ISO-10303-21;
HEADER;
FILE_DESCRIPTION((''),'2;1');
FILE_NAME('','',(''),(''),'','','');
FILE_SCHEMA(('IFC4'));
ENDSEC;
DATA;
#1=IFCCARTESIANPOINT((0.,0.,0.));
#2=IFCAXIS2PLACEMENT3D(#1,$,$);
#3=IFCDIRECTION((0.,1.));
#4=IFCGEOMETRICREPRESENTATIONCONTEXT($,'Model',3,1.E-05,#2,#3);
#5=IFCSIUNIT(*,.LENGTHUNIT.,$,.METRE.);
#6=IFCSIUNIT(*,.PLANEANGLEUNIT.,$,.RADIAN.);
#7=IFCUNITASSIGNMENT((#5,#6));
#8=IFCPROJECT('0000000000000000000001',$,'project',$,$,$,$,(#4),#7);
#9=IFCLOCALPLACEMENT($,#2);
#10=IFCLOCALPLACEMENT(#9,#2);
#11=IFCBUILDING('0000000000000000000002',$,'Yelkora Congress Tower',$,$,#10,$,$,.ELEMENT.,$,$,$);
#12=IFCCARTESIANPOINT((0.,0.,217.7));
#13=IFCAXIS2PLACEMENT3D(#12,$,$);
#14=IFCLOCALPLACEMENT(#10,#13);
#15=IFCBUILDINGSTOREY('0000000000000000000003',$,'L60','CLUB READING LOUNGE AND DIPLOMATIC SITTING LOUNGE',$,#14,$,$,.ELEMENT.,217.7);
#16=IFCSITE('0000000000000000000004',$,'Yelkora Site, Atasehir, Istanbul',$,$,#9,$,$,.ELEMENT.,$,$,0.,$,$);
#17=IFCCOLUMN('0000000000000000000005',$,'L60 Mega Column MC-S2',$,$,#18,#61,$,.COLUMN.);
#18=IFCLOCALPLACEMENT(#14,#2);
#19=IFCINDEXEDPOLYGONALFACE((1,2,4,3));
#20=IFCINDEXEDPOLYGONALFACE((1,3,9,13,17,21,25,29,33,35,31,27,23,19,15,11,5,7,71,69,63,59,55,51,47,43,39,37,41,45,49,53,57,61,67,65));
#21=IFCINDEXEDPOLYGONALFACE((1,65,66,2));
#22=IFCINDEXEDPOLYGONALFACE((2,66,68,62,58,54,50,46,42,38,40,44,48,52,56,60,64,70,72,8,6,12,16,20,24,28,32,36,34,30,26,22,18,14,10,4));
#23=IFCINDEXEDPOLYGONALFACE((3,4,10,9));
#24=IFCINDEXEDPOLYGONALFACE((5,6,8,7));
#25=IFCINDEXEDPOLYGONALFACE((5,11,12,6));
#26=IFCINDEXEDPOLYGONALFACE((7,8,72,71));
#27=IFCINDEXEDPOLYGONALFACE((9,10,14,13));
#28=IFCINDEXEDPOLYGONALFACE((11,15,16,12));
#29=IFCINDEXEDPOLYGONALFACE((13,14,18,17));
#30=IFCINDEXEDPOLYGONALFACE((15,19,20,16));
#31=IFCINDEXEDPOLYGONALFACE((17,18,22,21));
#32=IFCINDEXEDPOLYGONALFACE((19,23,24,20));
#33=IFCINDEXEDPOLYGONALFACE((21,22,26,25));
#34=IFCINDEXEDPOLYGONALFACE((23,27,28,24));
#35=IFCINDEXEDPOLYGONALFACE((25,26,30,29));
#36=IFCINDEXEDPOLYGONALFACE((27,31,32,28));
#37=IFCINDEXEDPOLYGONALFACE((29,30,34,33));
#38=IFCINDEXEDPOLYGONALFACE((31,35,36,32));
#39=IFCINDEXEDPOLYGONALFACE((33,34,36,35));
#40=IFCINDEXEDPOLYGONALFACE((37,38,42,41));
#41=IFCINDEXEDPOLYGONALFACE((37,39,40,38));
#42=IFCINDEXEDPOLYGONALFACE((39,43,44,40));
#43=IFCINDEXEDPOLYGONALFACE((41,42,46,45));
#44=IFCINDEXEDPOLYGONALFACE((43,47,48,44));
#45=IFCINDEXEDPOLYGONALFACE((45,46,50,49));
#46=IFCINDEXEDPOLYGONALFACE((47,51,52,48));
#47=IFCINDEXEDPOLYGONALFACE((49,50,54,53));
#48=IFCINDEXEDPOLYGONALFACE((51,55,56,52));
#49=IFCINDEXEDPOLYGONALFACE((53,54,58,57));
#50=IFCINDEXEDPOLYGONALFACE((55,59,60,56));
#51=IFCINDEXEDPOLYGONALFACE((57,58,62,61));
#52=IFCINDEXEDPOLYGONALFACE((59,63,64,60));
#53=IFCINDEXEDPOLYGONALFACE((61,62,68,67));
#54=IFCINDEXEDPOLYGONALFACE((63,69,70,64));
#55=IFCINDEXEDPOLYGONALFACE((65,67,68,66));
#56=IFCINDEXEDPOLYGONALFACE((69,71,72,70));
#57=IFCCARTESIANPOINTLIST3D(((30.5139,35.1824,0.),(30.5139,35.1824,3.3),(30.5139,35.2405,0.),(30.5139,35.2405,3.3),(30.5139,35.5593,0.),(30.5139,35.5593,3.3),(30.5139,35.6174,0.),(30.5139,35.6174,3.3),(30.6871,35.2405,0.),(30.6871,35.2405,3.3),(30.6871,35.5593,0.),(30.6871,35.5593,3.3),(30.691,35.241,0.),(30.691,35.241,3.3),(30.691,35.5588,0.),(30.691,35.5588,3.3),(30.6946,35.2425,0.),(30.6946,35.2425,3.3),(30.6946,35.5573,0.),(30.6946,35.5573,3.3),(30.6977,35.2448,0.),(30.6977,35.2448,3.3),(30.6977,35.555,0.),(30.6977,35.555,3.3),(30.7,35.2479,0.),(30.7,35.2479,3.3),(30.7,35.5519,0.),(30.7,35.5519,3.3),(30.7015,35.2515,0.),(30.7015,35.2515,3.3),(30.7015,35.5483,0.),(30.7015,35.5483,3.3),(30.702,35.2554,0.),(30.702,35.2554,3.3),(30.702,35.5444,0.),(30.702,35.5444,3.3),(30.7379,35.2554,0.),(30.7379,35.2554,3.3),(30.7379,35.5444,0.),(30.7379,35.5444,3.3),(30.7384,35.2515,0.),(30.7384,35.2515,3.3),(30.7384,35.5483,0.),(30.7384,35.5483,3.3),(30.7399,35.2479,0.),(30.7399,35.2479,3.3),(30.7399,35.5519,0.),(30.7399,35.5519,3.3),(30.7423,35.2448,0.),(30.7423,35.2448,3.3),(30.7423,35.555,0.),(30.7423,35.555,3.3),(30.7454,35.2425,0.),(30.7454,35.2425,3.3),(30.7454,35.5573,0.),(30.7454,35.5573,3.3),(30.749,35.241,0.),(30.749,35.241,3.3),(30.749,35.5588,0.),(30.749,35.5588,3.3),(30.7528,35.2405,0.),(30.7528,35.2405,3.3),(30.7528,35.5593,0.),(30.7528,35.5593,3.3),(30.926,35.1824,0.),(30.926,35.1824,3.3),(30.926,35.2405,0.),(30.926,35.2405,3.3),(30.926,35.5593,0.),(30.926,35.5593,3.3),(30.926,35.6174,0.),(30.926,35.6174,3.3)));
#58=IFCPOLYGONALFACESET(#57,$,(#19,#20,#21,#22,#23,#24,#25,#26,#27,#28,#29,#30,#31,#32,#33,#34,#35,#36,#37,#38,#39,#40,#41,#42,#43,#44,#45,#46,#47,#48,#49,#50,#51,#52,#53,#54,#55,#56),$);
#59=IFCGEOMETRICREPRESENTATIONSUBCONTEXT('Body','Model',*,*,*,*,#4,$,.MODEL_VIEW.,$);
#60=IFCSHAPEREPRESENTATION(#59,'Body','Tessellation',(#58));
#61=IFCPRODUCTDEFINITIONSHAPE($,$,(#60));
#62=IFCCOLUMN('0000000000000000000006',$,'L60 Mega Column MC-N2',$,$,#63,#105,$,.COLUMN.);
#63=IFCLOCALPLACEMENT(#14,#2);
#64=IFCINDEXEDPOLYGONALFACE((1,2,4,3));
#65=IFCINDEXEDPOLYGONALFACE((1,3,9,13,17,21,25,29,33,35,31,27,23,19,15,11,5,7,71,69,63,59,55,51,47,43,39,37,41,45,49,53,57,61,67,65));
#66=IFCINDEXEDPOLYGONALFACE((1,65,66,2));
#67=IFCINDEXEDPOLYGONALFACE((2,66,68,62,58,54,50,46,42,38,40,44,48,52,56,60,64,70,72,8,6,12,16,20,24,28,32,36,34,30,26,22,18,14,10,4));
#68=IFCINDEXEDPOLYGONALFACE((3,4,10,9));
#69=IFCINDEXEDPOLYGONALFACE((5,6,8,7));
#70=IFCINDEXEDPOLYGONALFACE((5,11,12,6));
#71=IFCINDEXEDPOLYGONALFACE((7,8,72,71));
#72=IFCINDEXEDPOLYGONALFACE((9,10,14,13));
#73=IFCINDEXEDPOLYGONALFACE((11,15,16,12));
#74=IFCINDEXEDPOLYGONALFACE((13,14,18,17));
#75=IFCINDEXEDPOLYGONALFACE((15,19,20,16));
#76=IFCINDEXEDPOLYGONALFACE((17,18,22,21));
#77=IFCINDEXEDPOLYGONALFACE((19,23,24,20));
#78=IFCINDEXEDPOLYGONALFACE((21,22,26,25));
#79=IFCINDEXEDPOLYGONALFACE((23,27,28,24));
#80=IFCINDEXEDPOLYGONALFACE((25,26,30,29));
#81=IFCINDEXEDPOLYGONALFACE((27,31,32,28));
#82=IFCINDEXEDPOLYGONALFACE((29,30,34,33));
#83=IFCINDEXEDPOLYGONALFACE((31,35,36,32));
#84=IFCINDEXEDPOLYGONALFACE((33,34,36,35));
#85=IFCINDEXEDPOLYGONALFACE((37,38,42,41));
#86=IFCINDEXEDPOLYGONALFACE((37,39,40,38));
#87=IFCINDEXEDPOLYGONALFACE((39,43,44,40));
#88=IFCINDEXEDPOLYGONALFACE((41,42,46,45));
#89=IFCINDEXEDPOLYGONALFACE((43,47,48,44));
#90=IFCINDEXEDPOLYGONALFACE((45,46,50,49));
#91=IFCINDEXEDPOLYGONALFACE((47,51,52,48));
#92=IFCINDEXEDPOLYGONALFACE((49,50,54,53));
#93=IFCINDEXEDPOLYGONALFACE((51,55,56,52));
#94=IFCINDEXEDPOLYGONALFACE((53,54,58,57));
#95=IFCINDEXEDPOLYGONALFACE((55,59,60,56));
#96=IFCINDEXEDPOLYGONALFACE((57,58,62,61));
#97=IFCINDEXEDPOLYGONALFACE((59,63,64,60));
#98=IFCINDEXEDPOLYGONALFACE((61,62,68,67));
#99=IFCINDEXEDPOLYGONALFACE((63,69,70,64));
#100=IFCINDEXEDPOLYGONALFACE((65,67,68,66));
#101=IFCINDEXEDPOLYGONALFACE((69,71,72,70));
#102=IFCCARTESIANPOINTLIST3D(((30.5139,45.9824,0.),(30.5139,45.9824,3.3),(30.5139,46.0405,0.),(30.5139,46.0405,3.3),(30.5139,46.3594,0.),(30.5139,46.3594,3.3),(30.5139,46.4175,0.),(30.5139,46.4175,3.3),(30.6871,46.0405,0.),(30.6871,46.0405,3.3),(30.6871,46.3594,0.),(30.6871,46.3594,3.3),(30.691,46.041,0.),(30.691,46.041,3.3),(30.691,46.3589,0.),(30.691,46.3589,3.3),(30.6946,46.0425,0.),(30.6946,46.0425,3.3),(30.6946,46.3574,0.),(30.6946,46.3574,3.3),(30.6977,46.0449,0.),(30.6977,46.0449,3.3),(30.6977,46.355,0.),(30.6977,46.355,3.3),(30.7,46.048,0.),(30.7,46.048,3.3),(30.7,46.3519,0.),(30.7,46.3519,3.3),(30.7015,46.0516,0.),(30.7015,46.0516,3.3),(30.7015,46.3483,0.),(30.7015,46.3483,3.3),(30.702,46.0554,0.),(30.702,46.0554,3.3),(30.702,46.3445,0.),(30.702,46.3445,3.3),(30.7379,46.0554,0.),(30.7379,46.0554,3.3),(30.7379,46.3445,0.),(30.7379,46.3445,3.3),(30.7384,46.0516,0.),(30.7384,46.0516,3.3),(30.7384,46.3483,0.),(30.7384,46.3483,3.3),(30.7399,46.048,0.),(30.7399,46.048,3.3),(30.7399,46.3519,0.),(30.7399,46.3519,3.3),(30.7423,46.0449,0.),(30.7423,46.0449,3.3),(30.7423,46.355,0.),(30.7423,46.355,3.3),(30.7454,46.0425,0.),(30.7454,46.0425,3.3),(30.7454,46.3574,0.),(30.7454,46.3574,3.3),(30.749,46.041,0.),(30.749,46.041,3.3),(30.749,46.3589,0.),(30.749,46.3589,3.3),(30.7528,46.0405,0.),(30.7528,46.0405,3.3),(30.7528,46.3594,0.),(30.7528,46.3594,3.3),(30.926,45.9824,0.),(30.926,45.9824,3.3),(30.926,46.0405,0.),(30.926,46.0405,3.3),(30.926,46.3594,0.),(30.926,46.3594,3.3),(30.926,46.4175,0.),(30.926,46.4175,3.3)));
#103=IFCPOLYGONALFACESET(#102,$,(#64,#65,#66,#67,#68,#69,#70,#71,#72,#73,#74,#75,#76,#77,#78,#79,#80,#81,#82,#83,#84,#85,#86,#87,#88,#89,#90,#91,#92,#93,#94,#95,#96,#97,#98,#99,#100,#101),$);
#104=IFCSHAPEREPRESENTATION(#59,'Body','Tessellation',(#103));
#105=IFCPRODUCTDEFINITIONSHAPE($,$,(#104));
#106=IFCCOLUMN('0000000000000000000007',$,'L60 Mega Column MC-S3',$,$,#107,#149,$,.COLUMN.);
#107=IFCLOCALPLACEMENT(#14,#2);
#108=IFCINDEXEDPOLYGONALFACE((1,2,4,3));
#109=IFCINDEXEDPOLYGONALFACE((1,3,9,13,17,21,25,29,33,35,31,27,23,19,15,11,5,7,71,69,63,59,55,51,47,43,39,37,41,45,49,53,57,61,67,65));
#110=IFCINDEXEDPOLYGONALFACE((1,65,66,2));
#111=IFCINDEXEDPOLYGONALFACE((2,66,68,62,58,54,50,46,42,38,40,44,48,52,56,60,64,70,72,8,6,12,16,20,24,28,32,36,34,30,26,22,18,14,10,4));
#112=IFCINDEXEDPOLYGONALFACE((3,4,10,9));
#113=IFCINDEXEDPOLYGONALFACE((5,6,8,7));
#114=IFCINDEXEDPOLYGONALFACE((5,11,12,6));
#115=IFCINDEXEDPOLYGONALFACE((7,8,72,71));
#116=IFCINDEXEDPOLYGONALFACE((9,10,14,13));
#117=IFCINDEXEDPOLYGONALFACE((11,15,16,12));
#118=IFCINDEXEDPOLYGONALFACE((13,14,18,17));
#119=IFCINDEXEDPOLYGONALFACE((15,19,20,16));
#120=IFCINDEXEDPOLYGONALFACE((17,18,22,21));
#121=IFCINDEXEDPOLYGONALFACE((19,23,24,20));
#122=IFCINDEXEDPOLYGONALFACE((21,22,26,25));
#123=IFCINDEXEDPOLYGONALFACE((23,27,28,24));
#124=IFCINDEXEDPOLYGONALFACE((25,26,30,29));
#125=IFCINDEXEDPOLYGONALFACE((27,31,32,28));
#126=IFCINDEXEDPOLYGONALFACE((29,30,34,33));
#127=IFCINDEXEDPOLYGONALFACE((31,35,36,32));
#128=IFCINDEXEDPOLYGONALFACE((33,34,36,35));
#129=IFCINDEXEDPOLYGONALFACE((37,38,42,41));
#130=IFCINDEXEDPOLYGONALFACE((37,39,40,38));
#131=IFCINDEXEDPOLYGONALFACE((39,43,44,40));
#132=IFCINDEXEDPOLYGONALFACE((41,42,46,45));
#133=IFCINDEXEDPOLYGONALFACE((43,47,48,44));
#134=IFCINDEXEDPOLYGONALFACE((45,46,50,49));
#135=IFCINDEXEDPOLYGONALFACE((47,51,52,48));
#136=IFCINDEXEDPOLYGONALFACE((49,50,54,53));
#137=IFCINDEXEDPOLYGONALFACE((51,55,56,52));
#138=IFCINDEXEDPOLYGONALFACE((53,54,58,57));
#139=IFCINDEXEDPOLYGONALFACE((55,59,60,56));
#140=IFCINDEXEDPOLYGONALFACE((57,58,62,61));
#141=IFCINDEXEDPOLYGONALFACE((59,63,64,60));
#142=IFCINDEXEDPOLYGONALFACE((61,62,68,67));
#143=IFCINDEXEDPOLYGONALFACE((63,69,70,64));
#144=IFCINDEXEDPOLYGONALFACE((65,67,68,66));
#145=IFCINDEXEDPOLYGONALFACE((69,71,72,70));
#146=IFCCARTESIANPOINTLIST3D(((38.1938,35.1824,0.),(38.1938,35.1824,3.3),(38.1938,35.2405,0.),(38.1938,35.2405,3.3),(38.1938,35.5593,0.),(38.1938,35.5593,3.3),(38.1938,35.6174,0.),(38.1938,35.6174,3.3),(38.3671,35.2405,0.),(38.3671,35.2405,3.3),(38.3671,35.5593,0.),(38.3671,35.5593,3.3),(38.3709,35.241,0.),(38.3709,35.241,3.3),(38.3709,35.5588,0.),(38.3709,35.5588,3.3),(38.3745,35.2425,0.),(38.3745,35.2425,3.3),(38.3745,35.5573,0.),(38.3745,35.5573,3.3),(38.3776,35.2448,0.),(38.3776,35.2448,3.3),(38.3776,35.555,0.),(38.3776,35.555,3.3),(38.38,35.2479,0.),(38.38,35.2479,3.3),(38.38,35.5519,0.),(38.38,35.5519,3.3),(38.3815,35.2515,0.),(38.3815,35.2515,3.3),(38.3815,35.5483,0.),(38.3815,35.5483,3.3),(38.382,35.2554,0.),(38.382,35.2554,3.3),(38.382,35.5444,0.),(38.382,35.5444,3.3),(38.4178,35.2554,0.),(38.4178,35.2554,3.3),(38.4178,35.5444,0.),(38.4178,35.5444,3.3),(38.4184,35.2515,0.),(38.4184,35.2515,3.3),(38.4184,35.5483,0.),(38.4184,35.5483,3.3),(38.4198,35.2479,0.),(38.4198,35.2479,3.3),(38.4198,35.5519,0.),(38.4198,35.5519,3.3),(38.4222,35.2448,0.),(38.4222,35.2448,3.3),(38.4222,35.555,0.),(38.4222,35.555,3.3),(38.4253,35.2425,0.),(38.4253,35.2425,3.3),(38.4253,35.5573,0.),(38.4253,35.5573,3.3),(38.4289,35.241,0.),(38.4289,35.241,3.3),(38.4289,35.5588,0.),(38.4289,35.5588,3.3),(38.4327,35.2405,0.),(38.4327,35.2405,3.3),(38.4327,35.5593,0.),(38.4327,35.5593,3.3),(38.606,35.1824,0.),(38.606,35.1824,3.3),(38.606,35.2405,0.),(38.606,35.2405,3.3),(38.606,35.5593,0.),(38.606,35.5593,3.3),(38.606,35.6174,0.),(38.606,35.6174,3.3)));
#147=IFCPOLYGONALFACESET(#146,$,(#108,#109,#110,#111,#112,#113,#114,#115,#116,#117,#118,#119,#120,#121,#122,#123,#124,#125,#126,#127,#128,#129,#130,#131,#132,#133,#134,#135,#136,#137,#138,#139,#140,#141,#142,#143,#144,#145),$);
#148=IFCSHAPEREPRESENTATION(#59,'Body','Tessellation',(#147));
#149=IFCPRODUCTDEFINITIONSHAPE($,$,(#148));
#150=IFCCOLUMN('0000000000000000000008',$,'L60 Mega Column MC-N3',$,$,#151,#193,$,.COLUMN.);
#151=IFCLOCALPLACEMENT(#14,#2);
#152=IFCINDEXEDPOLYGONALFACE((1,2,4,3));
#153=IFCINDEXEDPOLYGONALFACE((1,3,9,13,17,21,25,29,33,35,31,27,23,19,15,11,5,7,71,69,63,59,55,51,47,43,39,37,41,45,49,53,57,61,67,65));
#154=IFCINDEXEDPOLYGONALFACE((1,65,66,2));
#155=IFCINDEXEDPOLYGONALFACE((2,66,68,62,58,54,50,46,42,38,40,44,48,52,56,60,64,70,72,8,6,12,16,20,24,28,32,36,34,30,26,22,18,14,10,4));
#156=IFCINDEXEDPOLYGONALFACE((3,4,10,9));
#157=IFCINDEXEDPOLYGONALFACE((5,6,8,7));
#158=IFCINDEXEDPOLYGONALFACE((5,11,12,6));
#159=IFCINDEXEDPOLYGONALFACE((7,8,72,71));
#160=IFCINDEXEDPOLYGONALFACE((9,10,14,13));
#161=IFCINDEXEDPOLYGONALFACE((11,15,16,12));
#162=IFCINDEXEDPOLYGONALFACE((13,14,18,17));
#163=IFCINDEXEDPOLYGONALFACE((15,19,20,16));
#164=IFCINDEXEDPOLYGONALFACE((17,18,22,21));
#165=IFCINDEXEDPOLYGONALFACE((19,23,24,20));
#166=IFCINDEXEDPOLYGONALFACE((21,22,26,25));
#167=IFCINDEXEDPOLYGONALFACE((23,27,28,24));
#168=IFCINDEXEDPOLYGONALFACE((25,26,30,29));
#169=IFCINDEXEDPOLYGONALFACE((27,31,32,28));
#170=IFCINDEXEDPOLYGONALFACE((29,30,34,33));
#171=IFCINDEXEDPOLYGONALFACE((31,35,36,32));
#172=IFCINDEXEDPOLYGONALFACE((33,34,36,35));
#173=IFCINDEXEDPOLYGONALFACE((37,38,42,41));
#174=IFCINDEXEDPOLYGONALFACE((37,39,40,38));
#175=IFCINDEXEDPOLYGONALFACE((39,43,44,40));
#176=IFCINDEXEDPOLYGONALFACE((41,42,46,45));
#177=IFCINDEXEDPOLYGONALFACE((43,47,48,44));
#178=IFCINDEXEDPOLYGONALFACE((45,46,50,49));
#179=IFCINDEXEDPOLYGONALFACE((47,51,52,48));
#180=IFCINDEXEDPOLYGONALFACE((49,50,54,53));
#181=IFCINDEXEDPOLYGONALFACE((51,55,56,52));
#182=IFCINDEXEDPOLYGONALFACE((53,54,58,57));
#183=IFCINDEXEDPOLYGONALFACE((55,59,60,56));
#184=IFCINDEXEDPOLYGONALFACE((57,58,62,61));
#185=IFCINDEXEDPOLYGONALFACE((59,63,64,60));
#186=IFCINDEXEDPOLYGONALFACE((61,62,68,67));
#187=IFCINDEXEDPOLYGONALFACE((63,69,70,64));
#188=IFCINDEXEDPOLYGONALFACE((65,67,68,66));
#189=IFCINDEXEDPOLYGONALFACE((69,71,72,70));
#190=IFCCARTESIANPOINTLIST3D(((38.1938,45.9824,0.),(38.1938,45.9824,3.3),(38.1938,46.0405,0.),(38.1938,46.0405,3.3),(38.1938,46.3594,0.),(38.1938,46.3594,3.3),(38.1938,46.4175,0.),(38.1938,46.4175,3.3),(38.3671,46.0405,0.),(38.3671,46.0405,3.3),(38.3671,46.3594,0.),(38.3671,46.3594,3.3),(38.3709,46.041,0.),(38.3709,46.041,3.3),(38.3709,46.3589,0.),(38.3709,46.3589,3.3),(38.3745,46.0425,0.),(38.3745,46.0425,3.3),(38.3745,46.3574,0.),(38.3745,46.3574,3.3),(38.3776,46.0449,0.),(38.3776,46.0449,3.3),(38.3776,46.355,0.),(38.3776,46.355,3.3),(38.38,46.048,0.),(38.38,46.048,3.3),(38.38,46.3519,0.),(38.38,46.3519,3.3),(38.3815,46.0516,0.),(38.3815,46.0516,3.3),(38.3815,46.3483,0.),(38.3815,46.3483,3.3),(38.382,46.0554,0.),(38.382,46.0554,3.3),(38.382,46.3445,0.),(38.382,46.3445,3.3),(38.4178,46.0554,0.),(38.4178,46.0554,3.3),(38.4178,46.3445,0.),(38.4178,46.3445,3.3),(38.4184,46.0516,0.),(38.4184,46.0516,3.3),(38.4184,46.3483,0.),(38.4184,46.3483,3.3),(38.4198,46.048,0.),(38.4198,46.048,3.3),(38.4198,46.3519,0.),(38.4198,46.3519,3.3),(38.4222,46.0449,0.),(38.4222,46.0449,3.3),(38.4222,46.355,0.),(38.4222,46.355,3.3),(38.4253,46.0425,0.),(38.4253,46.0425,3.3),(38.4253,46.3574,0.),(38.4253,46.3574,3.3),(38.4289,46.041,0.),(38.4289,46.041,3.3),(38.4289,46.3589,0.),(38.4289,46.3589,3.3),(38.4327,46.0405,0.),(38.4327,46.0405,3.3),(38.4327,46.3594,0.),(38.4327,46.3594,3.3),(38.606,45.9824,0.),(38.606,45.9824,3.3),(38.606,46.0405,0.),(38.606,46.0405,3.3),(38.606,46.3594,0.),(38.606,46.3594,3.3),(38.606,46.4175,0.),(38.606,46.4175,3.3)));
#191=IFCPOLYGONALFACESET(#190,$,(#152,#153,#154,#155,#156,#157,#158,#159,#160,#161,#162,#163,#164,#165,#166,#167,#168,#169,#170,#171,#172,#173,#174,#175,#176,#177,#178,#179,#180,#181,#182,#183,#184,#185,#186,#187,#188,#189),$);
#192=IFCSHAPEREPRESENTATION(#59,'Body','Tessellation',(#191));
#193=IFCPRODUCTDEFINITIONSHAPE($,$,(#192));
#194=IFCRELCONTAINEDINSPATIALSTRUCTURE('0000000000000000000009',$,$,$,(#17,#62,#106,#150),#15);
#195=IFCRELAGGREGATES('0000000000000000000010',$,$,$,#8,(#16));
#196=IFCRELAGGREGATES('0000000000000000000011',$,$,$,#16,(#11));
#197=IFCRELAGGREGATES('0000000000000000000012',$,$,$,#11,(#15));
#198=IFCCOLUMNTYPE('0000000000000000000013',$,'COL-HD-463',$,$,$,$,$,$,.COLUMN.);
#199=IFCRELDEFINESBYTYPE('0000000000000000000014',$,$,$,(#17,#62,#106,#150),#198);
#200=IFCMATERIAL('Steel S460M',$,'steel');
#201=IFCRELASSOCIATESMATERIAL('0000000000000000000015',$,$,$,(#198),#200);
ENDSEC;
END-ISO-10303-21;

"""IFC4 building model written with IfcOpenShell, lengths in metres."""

from ifc_helpers import new_model, si_unit, direction, frame, origin, origin_2d, place, context, subcontext, project, spatial, i_section, extrude, material, material_profile, profile_set, type_object, element, save


model = new_model("IFC4")

# Units and contexts
model_context = context("Model", 3, precision=1e-05, world=origin(), true_north=direction((0.0, 1.0)))
body_context = subcontext(model_context, "Body", "Model", "MODEL_VIEW")
ifc_project = project(units=[si_unit("LENGTHUNIT", "METRE"), si_unit("PLANEANGLEUNIT", "RADIAN")], contexts=[model_context])

# Site, building, storey
site_placement = place(None, origin())
site = spatial("IfcSite", under=ifc_project, at=site_placement, Name="Yelkora Site, Atasehir, Istanbul", CompositionType="ELEMENT", RefElevation=0.0)
building_placement = place(site_placement, origin())
building = spatial("IfcBuilding", under=site, at=building_placement, Name="Yelkora Congress Tower", CompositionType="ELEMENT")
storey_placement = place(building_placement, frame((0.0, 0.0, 217.7)))
storey = spatial("IfcBuildingStorey", under=building, at=storey_placement, Name="L60", Description="CLUB READING LOUNGE AND DIPLOMATIC SITTING LOUNGE", CompositionType="ELEMENT", Elevation=217.7)

# Columns
ifc_material_1 = material(Name="Steel S460M", Category="steel")
ifc_material_profile_1 = material_profile(ifc_material_1, i_section(OverallWidth=0.4121, OverallDepth=0.4351, WebThickness=0.0359, FlangeThickness=0.0581, FilletRadius=0.0149, at=origin_2d()), Name="HD 400x463")
ifc_profile_set_1 = profile_set([ifc_material_profile_1], Name="Steel S460M")
column_type = type_object("IfcColumnType", Name="COL-HD-463", PredefinedType="COLUMN", material=ifc_profile_set_1)
for number, where, z_axis, x_axis, name in (
    (1, (30.72, 35.3999, 0.0), (0.0, 0.0, 1.0), (1.0, 0.0, 0.0), "L60 Mega Column MC-S2"),
    (2, (30.72, 46.2, 0.0), (0.0, 0.0, 1.0), (1.0, 0.0, 0.0), "L60 Mega Column MC-N2"),
    (3, (38.3999, 35.3999, 0.0), (0.0, 0.0, 1.0), (1.0, 0.0, 0.0), "L60 Mega Column MC-S3"),
    (4, (38.3999, 46.2, 0.0), (0.0, 0.0, 1.0), (1.0, 0.0, 0.0), "L60 Mega Column MC-N3"),
):
    element("IfcColumn", number, at=place(storey_placement, frame(where, z_axis=z_axis, x_axis=x_axis)), inside=storey, type_object=column_type, Name=name, PredefinedType="COLUMN", context=body_context, shape_type="SweptSolid", body=[
        extrude(i_section(OverallWidth=0.4121, OverallDepth=0.4351, WebThickness=0.0359, FlangeThickness=0.0581, FilletRadius=0.0149, at=origin_2d()), origin(), (0.0, 0.0, 1.0), 3.3),
    ])

save(model, "model.ifc")
